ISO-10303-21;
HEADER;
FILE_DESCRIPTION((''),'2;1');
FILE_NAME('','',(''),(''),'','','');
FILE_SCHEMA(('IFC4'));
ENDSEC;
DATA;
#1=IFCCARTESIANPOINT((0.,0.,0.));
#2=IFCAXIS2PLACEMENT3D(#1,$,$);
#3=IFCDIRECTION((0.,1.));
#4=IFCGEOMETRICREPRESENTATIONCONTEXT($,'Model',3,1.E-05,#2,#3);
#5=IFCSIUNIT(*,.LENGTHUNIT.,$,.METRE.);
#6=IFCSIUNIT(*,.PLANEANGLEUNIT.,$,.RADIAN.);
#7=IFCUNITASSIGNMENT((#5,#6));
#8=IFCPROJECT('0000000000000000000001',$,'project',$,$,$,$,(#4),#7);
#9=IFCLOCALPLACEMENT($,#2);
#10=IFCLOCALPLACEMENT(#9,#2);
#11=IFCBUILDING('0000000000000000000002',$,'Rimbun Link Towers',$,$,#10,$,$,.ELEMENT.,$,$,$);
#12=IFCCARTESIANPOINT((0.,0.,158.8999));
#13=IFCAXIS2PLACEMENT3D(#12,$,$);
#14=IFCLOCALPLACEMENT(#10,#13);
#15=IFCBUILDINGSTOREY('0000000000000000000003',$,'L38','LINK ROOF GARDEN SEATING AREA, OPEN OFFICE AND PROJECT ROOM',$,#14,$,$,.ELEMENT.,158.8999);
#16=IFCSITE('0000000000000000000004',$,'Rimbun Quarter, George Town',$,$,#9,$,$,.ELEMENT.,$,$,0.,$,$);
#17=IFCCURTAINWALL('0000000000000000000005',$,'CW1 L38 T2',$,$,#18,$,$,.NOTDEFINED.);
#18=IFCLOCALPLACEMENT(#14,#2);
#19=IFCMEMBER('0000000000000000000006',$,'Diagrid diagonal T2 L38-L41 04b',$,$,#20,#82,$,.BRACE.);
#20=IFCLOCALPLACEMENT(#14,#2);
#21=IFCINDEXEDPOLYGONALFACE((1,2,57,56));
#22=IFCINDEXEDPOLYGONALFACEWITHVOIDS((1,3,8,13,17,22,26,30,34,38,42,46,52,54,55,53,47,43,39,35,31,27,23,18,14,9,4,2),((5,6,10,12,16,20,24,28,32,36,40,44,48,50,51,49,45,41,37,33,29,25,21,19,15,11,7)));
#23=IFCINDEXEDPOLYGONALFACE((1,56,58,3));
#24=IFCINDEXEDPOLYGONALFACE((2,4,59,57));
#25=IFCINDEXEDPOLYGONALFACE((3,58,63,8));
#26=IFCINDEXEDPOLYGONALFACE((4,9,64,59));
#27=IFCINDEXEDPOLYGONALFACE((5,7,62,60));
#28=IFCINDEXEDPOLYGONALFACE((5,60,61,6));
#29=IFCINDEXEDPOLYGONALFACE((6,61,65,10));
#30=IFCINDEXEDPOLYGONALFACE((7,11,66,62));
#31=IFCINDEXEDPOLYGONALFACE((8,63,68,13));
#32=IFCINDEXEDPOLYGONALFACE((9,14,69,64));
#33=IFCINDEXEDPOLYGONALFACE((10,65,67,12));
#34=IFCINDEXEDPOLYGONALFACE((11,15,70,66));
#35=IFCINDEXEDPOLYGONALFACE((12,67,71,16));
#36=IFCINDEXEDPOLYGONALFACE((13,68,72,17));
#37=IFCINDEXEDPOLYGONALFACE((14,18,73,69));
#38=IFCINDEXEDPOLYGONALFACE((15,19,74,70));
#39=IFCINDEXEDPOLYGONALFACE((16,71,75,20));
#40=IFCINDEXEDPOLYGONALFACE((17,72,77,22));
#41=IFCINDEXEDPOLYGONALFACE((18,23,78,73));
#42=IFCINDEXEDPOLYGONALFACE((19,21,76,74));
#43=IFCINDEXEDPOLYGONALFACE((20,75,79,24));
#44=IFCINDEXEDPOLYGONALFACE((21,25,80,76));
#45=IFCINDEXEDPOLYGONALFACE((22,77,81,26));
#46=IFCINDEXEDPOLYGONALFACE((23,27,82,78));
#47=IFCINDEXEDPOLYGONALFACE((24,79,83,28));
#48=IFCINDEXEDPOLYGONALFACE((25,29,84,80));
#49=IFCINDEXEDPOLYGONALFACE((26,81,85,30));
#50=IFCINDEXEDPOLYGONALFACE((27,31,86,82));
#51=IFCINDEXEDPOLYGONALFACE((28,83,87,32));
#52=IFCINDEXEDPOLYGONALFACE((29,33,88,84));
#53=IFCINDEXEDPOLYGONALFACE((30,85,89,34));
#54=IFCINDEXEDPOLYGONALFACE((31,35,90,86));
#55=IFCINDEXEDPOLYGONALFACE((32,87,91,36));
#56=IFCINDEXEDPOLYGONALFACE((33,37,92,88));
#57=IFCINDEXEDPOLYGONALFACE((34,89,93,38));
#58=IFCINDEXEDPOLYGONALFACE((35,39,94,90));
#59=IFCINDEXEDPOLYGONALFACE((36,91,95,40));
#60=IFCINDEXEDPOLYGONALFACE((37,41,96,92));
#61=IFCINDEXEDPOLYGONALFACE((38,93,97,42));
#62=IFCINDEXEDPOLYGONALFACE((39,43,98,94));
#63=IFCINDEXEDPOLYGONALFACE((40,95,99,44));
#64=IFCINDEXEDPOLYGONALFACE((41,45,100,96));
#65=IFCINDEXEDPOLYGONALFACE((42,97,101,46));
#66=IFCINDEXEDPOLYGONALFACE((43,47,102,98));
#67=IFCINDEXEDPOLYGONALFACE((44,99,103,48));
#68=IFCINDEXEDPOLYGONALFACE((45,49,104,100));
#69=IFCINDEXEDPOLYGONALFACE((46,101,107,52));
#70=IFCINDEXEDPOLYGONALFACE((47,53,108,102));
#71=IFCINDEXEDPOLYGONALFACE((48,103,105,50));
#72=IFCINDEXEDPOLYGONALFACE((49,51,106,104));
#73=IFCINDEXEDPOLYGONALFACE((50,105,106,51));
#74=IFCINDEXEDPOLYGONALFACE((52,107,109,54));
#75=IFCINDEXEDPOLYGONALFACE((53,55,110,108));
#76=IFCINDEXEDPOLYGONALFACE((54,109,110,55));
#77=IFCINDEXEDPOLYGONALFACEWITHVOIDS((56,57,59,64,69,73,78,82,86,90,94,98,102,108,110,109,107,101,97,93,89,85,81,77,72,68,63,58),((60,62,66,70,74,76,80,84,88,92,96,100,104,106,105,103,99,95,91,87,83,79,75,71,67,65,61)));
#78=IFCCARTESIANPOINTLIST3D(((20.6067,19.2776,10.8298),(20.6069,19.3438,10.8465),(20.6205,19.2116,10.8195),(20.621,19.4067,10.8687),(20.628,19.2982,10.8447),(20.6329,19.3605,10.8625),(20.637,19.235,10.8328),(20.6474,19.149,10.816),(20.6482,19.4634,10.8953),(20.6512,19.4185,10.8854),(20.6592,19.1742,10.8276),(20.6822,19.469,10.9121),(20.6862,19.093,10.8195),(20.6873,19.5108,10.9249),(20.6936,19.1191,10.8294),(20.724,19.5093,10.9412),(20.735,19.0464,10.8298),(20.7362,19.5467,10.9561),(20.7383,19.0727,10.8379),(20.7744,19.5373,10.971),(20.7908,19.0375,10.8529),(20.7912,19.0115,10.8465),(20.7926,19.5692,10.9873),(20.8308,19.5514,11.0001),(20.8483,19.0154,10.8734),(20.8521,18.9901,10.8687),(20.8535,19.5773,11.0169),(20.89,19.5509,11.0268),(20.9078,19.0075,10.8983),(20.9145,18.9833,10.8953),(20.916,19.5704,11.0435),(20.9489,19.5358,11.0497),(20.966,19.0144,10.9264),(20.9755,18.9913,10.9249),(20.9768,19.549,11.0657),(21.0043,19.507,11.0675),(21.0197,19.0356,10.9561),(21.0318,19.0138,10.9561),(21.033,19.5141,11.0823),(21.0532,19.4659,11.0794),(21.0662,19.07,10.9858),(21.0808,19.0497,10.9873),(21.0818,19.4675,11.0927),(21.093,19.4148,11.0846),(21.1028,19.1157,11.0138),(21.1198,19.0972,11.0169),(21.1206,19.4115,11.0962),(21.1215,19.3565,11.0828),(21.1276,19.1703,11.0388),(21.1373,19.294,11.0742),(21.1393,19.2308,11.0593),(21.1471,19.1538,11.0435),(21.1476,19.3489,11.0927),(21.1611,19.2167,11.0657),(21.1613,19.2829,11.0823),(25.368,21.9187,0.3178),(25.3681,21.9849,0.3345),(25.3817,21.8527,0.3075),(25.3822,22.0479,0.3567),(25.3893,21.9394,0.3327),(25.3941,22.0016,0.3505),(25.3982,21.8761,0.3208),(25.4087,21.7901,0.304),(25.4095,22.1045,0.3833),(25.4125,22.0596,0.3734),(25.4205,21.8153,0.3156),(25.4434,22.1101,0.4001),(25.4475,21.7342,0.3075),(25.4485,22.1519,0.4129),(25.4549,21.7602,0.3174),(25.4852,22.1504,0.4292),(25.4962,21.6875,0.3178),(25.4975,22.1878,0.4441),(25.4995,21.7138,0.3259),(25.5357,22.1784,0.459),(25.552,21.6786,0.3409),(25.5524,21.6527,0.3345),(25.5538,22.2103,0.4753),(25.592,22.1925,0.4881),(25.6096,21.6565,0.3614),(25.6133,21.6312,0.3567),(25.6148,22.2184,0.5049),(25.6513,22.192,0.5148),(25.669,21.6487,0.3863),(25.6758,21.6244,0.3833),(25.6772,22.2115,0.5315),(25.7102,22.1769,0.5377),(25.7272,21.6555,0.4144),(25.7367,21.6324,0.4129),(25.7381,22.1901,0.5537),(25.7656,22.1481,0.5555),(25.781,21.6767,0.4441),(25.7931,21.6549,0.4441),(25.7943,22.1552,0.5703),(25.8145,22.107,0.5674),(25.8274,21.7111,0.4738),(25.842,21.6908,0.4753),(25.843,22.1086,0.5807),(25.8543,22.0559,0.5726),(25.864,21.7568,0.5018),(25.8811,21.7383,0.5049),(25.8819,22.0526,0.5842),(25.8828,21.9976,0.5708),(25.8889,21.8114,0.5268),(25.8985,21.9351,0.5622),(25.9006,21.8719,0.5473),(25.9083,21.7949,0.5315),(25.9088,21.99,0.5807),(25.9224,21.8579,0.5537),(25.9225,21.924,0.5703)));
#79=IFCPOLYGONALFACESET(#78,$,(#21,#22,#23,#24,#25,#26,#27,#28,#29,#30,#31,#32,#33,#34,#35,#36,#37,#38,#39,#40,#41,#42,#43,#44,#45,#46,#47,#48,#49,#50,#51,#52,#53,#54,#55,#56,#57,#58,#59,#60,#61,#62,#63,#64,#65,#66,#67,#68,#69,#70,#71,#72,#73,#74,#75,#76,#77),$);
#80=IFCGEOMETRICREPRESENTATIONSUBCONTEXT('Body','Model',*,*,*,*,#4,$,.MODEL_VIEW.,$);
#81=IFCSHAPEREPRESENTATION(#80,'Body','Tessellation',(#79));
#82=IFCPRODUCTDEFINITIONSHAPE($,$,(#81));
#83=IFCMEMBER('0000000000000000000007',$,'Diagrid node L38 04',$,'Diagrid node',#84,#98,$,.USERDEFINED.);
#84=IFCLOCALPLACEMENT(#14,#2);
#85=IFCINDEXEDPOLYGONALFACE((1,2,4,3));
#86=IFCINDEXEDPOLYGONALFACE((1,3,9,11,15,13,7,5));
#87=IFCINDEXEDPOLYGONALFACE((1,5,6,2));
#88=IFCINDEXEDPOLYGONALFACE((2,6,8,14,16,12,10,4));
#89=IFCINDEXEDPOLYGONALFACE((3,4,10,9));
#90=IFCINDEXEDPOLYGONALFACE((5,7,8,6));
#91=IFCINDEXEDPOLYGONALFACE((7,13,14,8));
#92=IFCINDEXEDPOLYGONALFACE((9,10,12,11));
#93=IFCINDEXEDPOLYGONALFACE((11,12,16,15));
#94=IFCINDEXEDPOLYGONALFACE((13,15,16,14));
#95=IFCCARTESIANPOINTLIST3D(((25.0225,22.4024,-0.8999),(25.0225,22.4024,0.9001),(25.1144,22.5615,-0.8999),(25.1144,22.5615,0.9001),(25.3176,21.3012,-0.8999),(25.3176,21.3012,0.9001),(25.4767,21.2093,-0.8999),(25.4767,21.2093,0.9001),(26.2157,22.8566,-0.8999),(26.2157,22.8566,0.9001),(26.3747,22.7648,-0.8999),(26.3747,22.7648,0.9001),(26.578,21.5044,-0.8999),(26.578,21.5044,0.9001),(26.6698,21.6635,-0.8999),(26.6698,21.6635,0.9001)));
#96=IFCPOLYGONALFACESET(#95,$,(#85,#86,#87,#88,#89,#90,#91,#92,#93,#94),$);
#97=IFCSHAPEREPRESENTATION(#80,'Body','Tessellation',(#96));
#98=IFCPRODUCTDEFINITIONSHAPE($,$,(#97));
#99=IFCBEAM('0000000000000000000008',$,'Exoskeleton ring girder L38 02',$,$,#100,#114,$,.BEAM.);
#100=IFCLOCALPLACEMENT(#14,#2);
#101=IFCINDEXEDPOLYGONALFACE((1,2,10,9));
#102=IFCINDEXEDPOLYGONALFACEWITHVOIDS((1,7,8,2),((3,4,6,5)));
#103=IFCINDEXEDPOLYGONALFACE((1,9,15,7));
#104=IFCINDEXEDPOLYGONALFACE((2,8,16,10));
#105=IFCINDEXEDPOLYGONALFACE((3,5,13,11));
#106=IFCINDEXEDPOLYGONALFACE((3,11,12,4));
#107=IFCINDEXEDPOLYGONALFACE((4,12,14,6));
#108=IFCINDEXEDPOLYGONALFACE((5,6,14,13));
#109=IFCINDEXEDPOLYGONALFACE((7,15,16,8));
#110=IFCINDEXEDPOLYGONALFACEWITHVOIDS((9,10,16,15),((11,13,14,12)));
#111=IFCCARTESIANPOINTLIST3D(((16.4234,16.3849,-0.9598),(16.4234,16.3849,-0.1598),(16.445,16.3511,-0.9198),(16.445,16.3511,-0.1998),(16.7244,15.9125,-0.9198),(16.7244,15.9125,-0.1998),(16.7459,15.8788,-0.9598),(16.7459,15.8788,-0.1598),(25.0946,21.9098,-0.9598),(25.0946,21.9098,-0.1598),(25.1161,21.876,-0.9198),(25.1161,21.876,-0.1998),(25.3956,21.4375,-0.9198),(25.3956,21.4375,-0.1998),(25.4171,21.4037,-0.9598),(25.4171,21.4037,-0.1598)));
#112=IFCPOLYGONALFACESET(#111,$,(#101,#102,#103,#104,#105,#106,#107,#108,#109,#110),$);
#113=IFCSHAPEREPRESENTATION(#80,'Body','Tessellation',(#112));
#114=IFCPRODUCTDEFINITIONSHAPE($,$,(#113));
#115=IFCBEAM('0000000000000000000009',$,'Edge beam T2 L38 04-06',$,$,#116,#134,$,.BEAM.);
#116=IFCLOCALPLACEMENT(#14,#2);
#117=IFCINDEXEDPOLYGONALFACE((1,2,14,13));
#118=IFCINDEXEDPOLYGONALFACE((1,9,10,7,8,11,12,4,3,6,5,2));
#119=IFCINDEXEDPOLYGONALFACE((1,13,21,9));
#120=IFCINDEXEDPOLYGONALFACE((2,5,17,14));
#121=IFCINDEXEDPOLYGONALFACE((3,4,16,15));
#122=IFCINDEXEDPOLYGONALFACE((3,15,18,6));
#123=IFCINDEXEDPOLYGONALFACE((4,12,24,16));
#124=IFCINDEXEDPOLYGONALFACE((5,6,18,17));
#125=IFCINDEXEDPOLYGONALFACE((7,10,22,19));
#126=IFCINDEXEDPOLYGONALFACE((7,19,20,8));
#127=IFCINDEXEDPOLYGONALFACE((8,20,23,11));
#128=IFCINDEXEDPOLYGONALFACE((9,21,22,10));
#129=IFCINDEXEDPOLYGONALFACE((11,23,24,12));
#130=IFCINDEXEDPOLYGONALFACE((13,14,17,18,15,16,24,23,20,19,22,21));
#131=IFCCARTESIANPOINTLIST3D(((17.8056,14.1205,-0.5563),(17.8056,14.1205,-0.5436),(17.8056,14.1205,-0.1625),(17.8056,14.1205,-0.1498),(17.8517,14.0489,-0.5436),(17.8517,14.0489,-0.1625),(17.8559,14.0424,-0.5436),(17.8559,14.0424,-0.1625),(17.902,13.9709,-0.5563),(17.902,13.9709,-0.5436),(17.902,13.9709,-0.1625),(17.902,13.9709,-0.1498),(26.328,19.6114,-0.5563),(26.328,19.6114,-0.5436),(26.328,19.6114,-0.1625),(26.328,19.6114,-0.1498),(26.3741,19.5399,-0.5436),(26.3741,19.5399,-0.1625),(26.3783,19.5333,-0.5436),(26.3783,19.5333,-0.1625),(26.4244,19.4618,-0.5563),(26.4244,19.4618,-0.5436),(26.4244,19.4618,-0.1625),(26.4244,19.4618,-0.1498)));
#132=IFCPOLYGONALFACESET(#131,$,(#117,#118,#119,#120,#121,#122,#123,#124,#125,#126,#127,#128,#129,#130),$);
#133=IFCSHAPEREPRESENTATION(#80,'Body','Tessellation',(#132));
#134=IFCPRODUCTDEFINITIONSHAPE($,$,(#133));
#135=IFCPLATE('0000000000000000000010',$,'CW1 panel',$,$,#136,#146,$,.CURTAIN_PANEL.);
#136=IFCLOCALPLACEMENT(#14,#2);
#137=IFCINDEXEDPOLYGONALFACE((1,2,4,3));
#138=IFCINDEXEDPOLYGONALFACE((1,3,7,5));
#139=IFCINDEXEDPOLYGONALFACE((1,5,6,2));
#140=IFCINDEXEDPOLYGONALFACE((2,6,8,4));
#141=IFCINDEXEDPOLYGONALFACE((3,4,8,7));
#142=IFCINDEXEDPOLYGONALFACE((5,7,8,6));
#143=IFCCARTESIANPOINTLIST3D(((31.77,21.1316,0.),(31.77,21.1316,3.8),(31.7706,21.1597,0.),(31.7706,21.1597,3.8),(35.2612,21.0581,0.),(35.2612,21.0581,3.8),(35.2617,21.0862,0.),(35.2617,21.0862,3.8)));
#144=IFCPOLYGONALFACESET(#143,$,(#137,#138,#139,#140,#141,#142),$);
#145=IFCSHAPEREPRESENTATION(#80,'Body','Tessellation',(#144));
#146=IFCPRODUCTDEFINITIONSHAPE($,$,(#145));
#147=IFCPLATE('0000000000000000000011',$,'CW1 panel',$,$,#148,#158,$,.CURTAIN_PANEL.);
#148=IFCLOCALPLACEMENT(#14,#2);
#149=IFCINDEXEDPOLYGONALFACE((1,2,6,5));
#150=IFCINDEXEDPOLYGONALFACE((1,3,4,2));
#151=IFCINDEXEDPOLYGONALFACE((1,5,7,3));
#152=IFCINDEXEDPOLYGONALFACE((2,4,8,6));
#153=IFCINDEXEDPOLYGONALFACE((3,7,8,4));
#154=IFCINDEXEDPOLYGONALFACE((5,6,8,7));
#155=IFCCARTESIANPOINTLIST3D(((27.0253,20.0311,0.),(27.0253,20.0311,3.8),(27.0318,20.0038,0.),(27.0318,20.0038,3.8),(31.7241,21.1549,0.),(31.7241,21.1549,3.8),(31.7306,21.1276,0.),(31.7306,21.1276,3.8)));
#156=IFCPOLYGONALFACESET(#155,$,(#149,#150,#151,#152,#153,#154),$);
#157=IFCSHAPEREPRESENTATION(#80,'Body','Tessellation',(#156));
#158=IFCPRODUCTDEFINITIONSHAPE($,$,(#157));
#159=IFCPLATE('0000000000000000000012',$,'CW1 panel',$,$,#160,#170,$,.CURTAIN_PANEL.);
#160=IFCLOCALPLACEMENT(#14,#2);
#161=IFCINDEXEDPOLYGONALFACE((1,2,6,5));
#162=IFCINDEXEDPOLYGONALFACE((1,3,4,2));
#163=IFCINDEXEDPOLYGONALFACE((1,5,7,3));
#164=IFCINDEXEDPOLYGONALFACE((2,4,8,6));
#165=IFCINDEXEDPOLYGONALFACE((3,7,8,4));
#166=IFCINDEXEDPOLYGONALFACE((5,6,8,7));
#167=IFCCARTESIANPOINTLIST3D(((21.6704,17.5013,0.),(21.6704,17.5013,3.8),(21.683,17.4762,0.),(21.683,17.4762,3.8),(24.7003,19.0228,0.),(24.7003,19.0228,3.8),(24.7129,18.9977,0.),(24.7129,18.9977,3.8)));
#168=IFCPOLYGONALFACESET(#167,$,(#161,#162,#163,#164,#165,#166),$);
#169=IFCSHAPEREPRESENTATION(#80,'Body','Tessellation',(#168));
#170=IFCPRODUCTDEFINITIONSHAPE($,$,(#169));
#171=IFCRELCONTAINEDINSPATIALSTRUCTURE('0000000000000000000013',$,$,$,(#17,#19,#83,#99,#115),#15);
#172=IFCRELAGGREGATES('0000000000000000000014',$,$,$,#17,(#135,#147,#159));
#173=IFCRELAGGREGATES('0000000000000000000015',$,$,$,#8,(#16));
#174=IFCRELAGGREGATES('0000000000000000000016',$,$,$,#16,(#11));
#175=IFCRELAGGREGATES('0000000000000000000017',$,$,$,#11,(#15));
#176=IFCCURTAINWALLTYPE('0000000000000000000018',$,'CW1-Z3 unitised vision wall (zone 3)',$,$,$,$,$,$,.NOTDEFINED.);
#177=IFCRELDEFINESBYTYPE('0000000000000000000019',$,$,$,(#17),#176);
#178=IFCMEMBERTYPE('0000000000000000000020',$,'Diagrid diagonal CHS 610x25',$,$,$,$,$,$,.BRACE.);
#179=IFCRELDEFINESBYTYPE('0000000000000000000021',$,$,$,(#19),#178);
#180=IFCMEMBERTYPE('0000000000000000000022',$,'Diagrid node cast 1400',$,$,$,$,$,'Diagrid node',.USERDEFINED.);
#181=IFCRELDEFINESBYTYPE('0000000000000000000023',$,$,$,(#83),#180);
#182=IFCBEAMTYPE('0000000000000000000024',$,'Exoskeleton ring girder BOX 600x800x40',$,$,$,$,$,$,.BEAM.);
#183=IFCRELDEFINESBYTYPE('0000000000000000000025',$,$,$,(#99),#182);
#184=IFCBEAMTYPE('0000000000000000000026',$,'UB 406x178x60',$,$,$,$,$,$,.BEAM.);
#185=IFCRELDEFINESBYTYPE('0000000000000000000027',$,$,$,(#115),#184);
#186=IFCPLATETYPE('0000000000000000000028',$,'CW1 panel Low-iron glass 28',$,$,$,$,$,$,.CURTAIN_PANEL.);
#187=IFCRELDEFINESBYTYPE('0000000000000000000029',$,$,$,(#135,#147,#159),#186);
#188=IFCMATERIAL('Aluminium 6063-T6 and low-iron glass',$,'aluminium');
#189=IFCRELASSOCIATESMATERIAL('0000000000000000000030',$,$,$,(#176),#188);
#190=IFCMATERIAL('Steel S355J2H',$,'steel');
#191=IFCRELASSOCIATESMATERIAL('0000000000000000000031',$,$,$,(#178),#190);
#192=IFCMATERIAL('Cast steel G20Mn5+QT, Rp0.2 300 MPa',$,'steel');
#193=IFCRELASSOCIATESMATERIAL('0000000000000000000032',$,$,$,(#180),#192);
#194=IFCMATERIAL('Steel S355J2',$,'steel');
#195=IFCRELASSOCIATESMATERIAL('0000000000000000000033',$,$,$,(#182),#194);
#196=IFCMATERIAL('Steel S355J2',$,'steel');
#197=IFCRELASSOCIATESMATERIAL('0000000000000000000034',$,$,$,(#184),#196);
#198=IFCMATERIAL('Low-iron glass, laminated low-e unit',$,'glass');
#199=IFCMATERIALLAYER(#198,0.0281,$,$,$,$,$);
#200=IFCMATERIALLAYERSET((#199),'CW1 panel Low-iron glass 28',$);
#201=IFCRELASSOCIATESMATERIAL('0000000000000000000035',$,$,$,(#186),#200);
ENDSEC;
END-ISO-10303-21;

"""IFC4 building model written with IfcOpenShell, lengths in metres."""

from ifc_helpers import new_model, si_unit, direction, frame, origin, origin_2d, place, context, subcontext, project, spatial, polyline, rectangle, hollow_rectangle, hollow_circle, i_section, outline, extrude, material, layer, layer_set, material_profile, profile_set, type_object, element, aggregate, save


model = new_model("IFC4")

# Units and contexts
model_context = context("Model", 3, precision=1e-05, world=origin(), true_north=direction((0.0, 1.0)))
body_context = subcontext(model_context, "Body", "Model", "MODEL_VIEW")
ifc_project = project(units=[si_unit("LENGTHUNIT", "METRE"), si_unit("PLANEANGLEUNIT", "RADIAN")], contexts=[model_context])

# Site, building, storey
site_placement = place(None, origin())
site = spatial("IfcSite", under=ifc_project, at=site_placement, Name="Rimbun Quarter, George Town", CompositionType="ELEMENT", RefElevation=0.0)
building_placement = place(site_placement, origin())
building = spatial("IfcBuilding", under=site, at=building_placement, Name="Rimbun Link Towers", CompositionType="ELEMENT")
storey_placement = place(building_placement, frame((0.0, 0.0, 158.8999)))
storey = spatial("IfcBuildingStorey", under=building, at=storey_placement, Name="L38", Description="LINK ROOF GARDEN SEATING AREA, OPEN OFFICE AND PROJECT ROOM", CompositionType="ELEMENT", Elevation=158.8999)

# Curtain wall
ifc_material_1 = material(Name="Aluminium 6063-T6 and low-iron glass", Category="aluminium")
curtain_wall_type = type_object("IfcCurtainWallType", Name="CW1-Z3 unitised vision wall (zone 3)", PredefinedType="NOTDEFINED", material=ifc_material_1)
curtain_wall_placement = place(storey_placement, origin())
curtain_wall = element("IfcCurtainWall", 1, at=curtain_wall_placement, inside=storey, type_object=curtain_wall_type, Name="CW1 L38 T2", PredefinedType="NOTDEFINED")

# Members
ifc_material_2 = material(Name="Steel S355J2H", Category="steel")
ifc_material_profile_1 = material_profile(ifc_material_2, hollow_circle(Radius=0.3047, WallThickness=0.0249, at=origin_2d()), Name="Diagrid diagonal CHS 610x25")
ifc_profile_set_1 = profile_set([ifc_material_profile_1], Name="Steel S355J2H")
member_type_1 = type_object("IfcMemberType", Name="Diagrid diagonal CHS 610x25", PredefinedType="BRACE", material=ifc_profile_set_1)
member_1_placement = place(storey_placement, frame((25.6453, 21.9214, 0.4441), z_axis=(-0.402188, -0.223098, 0.88796), x_axis=(0.485079, -0.87447, 0.0)))
element("IfcMember", 2, at=member_1_placement, inside=storey, type_object=member_type_1, Name="Diagrid diagonal T2 L38-L41 04b", PredefinedType="BRACE", context=body_context, shape_type="SweptSolid", body=[
    extrude(hollow_circle(Radius=0.3047, WallThickness=0.0249, at=origin_2d()), origin(), (0.0, 0.0, 1.0), 11.8384),
])
ifc_material_3 = material(Name="Cast steel G20Mn5+QT, Rp0.2 300 MPa", Category="steel")
ifc_material_profile_2 = material_profile(ifc_material_3, outline(polyline([(0.7, -0.5701), (0.7, 0.5701), (0.5701, 0.7), (-0.5701, 0.7), (-0.7, 0.5701), (-0.7, -0.5701), (-0.5701, -0.7), (0.5701, -0.7), (0.7, -0.5701)])), Name="NODE 1400x1400")
ifc_profile_set_2 = profile_set([ifc_material_profile_2], Name="Cast steel G20Mn5+QT, Rp0.2 300 MPa")
member_type_2 = type_object("IfcMemberType", Name="Diagrid node cast 1400", ElementType="Diagrid node", PredefinedType="USERDEFINED", material=ifc_profile_set_2)
member_2_placement = place(storey_placement, frame((25.8462, 22.033, -0.8999), z_axis=(0.0, 0.0, 1.0), x_axis=(-0.258819, 0.965926, 0.0)))
element("IfcMember", 3, at=member_2_placement, inside=storey, type_object=member_type_2, Name="Diagrid node L38 04", ObjectType="Diagrid node", PredefinedType="USERDEFINED", context=body_context, shape_type="SweptSolid", body=[
    extrude(outline(polyline([(0.7, -0.5701), (0.7, 0.5701), (0.5701, 0.7), (-0.5701, 0.7), (-0.7, 0.5701), (-0.7, -0.5701), (-0.5701, -0.7), (0.5701, -0.7), (0.7, -0.5701)])), origin(), (0.0, 0.0, 1.0), 1.8),
])

# Beams
ifc_material_4 = material(Name="Steel S355J2", Category="steel")
ifc_material_profile_3 = material_profile(ifc_material_4, hollow_rectangle(XDim=0.6001, YDim=0.8, WallThickness=0.04, at=origin_2d()), Name="Exoskeleton ring girder BOX 600x800x40")
ifc_profile_set_3 = profile_set([ifc_material_profile_3], Name="Steel S355J2")
beam_type_1 = type_object("IfcBeamType", Name="Exoskeleton ring girder BOX 600x800x40", PredefinedType="BEAM", material=ifc_profile_set_3)
beam_1_placement = place(storey_placement, frame((25.2559, 21.6567, -0.5598), z_axis=(-0.843357, -0.537353, 0.0), x_axis=(0.537353, -0.843357, 0.0)))
element("IfcBeam", 4, at=beam_1_placement, inside=storey, type_object=beam_type_1, Name="Exoskeleton ring girder L38 02", PredefinedType="BEAM", context=body_context, shape_type="SweptSolid", body=[
    extrude(hollow_rectangle(XDim=0.6001, YDim=0.8, WallThickness=0.04, at=origin_2d()), origin(), (0.0, 0.0, 1.0), 10.2817),
])
ifc_material_5 = material(Name="Steel S355J2", Category="steel")
ifc_material_profile_4 = material_profile(ifc_material_5, i_section(OverallWidth=0.178, OverallDepth=0.4065, WebThickness=0.0078, FlangeThickness=0.0127, at=origin_2d()), Name="UB 406x178x60")
ifc_profile_set_4 = profile_set([ifc_material_profile_4], Name="Steel S355J2")
beam_type_2 = type_object("IfcBeamType", Name="UB 406x178x60", PredefinedType="BEAM", material=ifc_profile_set_4)
beam_2_placement = place(storey_placement, frame((26.3762, 19.5366, -0.353), z_axis=(-0.840629, -0.541612, 0.0), x_axis=(0.541612, -0.840629, 0.0)))
element("IfcBeam", 5, at=beam_2_placement, inside=storey, type_object=beam_type_2, Name="Edge beam T2 L38 04-06", PredefinedType="BEAM", context=body_context, shape_type="SweptSolid", body=[
    extrude(i_section(OverallWidth=0.178, OverallDepth=0.4065, WebThickness=0.0078, FlangeThickness=0.0127, at=origin_2d()), origin(), (0.0, 0.0, 1.0), 10.1382),
])

# Plates
ifc_material_6 = material(Name="Low-iron glass, laminated low-e unit", Category="glass")
ifc_layer_1 = layer(ifc_material_6, 0.0281)
ifc_layer_set_1 = layer_set([ifc_layer_1], Name="CW1 panel Low-iron glass 28")
plate_type = type_object("IfcPlateType", Name="CW1 panel Low-iron glass 28", PredefinedType="CURTAIN_PANEL", material=ifc_layer_set_1)
plate_1_placement = place(storey_placement, frame((33.5159, 21.1089, 0.0), z_axis=(0.0, 0.0, 1.0), x_axis=(0.999778, -0.021059, 0.0)))
plate_1 = element("IfcPlate", 6, at=plate_1_placement, type_object=plate_type, Name="CW1 panel", PredefinedType="CURTAIN_PANEL", context=body_context, shape_type="SweptSolid", body=[
    extrude(rectangle(XDim=3.4919, YDim=0.0281, at=origin_2d()), origin(), (0.0, 0.0, 1.0), 3.8),
])
plate_2_placement = place(storey_placement, frame((29.3779, 20.5793, 0.0), z_axis=(0.0, 0.0, 1.0), x_axis=(0.97257, 0.23261, 0.0)))
plate_2 = element("IfcPlate", 7, at=plate_2_placement, type_object=plate_type, Name="CW1 panel", PredefinedType="CURTAIN_PANEL", context=body_context, shape_type="SweptSolid", body=[
    extrude(rectangle(XDim=4.8313, YDim=0.0281, at=origin_2d()), origin(), (0.0, 0.0, 1.0), 3.8),
])
plate_3_placement = place(storey_placement, frame((23.1917, 18.2495, 0.0), z_axis=(0.0, 0.0, 1.0), x_axis=(0.893649, 0.448766, 0.0)))
plate_3 = element("IfcPlate", 8, at=plate_3_placement, type_object=plate_type, Name="CW1 panel", PredefinedType="CURTAIN_PANEL", context=body_context, shape_type="SweptSolid", body=[
    extrude(rectangle(XDim=3.3904, YDim=0.0281, at=origin_2d()), origin(), (0.0, 0.0, 1.0), 3.8),
])
aggregate(curtain_wall, [plate_1, plate_2, plate_3])

save(model, "model.ifc")
